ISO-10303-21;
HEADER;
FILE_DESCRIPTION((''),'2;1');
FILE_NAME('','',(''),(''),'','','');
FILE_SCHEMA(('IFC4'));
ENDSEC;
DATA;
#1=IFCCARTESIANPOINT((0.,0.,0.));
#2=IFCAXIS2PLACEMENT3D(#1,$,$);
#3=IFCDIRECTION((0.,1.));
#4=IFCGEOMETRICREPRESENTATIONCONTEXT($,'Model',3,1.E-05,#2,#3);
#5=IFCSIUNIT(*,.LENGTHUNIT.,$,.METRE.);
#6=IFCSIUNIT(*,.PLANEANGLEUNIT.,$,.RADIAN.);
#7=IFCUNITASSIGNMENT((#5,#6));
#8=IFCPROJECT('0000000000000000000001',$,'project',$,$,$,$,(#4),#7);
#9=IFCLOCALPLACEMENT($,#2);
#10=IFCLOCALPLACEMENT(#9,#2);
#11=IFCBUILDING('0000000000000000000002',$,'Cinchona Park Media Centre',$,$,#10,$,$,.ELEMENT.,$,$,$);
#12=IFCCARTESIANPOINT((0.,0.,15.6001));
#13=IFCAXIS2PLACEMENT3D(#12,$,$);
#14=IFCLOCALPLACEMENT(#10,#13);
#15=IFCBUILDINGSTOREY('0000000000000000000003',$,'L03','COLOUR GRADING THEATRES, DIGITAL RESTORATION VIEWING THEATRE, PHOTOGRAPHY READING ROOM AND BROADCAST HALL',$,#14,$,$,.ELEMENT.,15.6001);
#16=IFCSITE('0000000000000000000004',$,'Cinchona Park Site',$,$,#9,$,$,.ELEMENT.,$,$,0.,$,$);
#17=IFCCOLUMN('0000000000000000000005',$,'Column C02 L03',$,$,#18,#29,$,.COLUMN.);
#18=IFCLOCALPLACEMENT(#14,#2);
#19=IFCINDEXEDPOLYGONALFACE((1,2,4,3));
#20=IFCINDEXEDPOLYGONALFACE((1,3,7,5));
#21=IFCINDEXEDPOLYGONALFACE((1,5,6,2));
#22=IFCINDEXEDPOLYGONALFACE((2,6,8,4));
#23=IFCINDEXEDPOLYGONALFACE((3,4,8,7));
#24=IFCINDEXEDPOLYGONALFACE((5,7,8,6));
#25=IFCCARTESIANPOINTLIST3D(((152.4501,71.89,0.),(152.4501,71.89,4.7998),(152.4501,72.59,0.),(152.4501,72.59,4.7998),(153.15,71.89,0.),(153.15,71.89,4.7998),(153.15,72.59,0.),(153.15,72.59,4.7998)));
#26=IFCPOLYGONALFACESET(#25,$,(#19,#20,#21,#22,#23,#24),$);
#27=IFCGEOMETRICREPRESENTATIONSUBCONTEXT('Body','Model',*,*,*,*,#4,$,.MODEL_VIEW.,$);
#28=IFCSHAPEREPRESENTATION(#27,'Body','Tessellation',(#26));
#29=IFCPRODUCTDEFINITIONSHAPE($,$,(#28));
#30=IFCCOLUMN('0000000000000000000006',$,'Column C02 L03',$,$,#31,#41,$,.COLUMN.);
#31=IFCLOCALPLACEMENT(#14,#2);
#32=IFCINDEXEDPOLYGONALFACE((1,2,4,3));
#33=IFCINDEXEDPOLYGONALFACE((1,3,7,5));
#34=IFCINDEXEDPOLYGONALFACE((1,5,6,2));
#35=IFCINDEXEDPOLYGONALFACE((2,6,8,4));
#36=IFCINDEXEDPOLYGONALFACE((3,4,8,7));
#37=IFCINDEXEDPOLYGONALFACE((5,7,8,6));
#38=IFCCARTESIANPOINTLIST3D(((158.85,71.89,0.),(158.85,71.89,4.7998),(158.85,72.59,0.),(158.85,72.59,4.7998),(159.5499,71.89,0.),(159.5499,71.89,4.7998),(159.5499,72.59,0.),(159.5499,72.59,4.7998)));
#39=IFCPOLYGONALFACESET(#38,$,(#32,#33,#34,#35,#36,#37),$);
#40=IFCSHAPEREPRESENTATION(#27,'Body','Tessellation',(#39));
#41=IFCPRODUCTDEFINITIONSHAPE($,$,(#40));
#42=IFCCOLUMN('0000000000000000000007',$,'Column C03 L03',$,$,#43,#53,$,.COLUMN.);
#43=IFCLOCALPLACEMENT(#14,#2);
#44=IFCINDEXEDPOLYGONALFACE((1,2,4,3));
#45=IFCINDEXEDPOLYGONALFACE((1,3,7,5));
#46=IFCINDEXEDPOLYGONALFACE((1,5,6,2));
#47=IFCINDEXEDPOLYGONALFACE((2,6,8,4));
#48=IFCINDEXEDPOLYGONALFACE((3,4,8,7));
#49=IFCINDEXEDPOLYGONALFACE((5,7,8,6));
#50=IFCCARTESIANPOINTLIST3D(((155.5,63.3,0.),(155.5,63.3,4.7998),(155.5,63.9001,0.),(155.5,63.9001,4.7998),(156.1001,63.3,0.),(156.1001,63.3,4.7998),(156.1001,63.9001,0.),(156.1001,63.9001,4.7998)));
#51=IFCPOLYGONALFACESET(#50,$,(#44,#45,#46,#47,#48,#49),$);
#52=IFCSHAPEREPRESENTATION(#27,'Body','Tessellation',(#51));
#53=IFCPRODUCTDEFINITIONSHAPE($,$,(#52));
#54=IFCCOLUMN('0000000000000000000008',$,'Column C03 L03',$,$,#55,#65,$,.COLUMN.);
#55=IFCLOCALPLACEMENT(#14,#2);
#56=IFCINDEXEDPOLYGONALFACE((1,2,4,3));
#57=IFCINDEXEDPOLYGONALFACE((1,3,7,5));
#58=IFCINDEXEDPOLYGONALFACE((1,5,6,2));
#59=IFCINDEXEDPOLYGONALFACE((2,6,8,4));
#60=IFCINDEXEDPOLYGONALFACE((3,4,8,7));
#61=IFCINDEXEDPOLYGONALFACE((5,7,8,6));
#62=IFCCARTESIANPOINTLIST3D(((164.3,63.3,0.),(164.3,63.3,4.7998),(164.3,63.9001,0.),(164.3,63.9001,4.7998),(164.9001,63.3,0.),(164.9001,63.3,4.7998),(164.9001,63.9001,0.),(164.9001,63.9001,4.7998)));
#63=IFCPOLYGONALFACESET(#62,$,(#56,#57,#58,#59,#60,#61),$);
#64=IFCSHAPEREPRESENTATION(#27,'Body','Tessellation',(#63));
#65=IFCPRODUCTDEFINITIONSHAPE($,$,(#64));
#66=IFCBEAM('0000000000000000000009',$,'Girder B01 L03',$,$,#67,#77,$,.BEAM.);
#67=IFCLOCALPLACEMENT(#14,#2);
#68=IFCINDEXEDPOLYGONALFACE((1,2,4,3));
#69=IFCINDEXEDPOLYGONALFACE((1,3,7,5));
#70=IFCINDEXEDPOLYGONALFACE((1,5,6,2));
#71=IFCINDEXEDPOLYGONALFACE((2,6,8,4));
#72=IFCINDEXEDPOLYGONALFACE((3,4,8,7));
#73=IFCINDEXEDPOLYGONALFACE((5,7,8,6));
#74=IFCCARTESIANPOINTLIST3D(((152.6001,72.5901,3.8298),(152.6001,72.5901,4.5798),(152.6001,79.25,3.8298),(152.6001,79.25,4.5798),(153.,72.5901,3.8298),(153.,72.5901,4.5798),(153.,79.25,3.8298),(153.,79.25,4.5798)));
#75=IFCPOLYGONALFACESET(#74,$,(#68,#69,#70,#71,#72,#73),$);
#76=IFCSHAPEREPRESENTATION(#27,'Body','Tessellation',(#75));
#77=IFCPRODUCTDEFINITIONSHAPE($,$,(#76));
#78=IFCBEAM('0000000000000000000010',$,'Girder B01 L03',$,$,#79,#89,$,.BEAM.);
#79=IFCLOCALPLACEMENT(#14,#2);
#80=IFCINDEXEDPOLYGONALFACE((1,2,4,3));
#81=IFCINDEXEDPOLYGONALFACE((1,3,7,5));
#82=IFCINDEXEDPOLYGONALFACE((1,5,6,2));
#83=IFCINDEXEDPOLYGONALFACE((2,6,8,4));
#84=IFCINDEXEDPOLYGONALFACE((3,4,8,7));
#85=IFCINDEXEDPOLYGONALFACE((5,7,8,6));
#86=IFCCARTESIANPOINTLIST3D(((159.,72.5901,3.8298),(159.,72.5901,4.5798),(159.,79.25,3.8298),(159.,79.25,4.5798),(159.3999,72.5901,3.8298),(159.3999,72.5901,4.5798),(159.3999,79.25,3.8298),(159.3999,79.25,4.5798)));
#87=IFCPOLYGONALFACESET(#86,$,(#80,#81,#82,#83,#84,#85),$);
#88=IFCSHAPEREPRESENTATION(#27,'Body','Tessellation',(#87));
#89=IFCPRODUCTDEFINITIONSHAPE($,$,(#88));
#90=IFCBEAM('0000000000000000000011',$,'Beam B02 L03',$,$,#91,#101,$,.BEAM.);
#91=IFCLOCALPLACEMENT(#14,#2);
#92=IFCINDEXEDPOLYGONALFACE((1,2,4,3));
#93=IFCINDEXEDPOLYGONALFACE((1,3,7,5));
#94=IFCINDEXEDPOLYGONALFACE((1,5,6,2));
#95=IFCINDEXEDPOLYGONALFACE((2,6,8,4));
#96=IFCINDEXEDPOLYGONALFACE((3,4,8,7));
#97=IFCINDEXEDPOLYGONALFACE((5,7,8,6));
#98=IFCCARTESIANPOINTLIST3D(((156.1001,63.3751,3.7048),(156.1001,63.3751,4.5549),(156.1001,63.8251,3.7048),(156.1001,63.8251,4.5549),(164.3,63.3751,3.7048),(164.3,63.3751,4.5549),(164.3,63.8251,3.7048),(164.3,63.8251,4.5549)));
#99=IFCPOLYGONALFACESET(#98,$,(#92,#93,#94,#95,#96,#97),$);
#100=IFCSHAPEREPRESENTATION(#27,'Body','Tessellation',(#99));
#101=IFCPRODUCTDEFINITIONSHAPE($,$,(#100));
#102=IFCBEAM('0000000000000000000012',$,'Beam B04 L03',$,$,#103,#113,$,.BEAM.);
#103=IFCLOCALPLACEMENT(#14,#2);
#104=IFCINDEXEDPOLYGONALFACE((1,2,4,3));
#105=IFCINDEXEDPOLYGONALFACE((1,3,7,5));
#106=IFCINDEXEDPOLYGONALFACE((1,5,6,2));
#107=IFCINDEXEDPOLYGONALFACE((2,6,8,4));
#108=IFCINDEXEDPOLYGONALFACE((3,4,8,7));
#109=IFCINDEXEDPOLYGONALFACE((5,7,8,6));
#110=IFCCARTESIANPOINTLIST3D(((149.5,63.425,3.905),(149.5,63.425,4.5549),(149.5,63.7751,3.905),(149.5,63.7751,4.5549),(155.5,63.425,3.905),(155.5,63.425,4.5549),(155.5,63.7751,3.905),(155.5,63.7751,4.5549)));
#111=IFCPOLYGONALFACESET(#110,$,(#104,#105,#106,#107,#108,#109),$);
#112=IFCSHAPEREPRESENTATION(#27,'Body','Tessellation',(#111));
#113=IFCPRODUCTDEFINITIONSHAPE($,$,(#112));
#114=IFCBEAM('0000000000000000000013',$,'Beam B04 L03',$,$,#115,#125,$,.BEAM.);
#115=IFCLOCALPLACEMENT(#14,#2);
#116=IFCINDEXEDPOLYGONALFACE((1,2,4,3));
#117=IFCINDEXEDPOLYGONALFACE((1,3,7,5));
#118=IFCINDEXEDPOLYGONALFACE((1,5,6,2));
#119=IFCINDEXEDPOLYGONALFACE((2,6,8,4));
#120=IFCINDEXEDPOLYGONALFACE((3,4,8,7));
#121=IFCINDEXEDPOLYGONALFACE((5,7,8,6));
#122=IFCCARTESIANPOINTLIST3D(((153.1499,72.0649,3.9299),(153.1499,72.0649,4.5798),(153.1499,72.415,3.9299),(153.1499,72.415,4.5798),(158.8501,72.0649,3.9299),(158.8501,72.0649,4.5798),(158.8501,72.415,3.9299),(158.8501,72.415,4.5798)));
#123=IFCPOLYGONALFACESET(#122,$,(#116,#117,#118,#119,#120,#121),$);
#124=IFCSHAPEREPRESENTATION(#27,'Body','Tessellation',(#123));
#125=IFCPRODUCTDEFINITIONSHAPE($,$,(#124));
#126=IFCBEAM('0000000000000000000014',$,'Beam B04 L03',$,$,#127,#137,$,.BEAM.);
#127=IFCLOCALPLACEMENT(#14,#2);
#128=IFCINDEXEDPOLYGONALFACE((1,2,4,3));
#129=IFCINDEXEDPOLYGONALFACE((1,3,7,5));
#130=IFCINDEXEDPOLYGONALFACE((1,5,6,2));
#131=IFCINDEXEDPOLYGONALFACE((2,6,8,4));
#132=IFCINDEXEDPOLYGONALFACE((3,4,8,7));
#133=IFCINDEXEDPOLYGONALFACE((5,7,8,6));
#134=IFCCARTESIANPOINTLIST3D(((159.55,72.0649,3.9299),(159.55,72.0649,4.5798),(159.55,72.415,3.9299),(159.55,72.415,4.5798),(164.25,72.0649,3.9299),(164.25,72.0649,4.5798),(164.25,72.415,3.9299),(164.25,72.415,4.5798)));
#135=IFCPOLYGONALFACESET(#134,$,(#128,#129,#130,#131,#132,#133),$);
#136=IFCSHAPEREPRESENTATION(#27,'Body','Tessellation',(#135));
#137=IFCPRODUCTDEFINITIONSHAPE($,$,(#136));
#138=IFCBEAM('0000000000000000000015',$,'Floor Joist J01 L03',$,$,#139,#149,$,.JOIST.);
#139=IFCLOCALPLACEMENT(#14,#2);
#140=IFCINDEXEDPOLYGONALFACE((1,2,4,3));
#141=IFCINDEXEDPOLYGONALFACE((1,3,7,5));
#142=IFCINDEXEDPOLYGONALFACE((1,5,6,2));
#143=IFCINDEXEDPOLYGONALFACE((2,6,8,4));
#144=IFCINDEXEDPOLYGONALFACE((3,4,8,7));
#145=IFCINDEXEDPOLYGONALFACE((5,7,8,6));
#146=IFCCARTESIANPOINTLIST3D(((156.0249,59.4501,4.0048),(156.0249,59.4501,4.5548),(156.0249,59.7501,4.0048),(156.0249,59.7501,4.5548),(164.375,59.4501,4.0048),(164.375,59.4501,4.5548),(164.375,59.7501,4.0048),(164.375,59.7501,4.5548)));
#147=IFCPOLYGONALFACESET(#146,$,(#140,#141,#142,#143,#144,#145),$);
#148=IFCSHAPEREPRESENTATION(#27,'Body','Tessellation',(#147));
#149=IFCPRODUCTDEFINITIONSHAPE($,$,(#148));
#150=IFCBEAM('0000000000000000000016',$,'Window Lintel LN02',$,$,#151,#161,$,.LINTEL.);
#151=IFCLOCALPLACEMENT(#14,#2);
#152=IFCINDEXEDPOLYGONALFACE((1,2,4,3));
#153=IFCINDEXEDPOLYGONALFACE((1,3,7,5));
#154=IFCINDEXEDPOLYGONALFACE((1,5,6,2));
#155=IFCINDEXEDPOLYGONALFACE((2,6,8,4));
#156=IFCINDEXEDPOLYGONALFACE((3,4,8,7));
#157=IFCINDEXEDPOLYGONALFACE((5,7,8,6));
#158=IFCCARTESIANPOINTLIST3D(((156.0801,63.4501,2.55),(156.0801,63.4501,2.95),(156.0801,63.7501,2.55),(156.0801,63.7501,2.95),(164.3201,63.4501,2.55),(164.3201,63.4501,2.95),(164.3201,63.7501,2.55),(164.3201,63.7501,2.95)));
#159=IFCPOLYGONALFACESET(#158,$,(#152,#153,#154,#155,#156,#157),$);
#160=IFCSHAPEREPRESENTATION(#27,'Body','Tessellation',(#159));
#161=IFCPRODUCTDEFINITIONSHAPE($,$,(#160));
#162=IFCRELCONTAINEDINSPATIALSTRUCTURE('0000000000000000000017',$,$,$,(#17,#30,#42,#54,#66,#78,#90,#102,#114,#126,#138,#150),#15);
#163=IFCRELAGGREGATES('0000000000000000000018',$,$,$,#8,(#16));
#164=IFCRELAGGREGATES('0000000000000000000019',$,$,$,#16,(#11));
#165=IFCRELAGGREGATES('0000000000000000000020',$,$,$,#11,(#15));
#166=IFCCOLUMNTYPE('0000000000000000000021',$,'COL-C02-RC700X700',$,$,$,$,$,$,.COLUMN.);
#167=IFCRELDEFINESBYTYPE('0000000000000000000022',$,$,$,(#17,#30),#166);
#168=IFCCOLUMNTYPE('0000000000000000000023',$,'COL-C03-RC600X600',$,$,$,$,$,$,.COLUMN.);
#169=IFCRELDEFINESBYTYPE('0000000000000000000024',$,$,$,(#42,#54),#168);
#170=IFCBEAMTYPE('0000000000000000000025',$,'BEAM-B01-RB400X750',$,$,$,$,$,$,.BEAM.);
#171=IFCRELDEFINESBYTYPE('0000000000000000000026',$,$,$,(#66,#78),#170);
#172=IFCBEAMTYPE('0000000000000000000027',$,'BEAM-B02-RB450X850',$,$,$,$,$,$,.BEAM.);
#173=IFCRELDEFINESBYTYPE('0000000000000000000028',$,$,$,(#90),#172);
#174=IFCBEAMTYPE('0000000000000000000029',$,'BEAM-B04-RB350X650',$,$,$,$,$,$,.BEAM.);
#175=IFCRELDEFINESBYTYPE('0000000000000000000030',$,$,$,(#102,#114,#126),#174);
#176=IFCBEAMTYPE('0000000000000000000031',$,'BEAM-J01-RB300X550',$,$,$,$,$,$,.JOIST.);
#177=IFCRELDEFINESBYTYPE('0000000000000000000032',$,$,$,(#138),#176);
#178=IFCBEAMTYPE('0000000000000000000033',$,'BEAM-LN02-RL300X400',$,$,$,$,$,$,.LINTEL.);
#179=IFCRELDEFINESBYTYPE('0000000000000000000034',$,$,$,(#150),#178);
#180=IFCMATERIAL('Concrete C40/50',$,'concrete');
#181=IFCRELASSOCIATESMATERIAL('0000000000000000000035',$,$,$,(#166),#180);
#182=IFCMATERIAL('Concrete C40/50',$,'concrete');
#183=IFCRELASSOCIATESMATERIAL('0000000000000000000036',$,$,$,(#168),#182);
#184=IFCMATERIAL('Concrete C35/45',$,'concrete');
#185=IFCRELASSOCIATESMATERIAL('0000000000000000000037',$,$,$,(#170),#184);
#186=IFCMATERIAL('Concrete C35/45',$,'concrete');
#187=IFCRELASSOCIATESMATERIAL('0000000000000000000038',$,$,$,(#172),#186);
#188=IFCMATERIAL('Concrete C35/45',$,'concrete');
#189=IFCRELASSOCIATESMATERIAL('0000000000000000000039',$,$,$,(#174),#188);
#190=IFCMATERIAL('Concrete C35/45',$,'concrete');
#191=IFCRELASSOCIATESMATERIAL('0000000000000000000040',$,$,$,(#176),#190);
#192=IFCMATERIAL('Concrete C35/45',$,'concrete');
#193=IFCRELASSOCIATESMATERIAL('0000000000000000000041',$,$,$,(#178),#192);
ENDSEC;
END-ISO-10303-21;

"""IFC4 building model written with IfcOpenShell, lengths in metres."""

from ifc_helpers import new_model, si_unit, direction, frame, origin, origin_2d, place, context, subcontext, project, spatial, rectangle, extrude, material, material_profile, profile_set, type_object, element, save


model = new_model("IFC4")

# Units and contexts
model_context = context("Model", 3, precision=1e-05, world=origin(), true_north=direction((0.0, 1.0)))
body_context = subcontext(model_context, "Body", "Model", "MODEL_VIEW")
ifc_project = project(units=[si_unit("LENGTHUNIT", "METRE"), si_unit("PLANEANGLEUNIT", "RADIAN")], contexts=[model_context])

# Site, building, storey
site_placement = place(None, origin())
site = spatial("IfcSite", under=ifc_project, at=site_placement, Name="Cinchona Park Site", CompositionType="ELEMENT", RefElevation=0.0)
building_placement = place(site_placement, origin())
building = spatial("IfcBuilding", under=site, at=building_placement, Name="Cinchona Park Media Centre", CompositionType="ELEMENT")
storey_placement = place(building_placement, frame((0.0, 0.0, 15.6001)))
storey = spatial("IfcBuildingStorey", under=building, at=storey_placement, Name="L03", Description="COLOUR GRADING THEATRES, DIGITAL RESTORATION VIEWING THEATRE, PHOTOGRAPHY READING ROOM AND BROADCAST HALL", CompositionType="ELEMENT", Elevation=15.6001)

# Columns
ifc_material_1 = material(Name="Concrete C40/50", Category="concrete")
ifc_material_profile_1 = material_profile(ifc_material_1, rectangle(XDim=0.7, YDim=0.7, at=origin_2d()), Name="RC 700X700")
ifc_profile_set_1 = profile_set([ifc_material_profile_1], Name="Concrete C40/50")
column_type_1 = type_object("IfcColumnType", Name="COL-C02-RC700X700", PredefinedType="COLUMN", material=ifc_profile_set_1)
for number, where, z_axis, x_axis, name in (
    (1, (152.8, 72.24, 0.0), (0.0, 0.0, 1.0), (1.0, 0.0, 0.0), "Column C02 L03"),
    (2, (159.2, 72.24, 0.0), (0.0, 0.0, 1.0), (1.0, 0.0, 0.0), "Column C02 L03"),
):
    element("IfcColumn", number, at=place(storey_placement, frame(where, z_axis=z_axis, x_axis=x_axis)), inside=storey, type_object=column_type_1, Name=name, PredefinedType="COLUMN", context=body_context, shape_type="SweptSolid", body=[
        extrude(rectangle(XDim=0.7, YDim=0.7, at=origin_2d()), origin(), (0.0, 0.0, 1.0), 4.7998),
    ])
ifc_material_2 = material(Name="Concrete C40/50", Category="concrete")
ifc_material_profile_2 = material_profile(ifc_material_2, rectangle(XDim=0.6001, YDim=0.6001, at=origin_2d()), Name="RC 600X600")
ifc_profile_set_2 = profile_set([ifc_material_profile_2], Name="Concrete C40/50")
column_type_2 = type_object("IfcColumnType", Name="COL-C03-RC600X600", PredefinedType="COLUMN", material=ifc_profile_set_2)
for number, where, z_axis, x_axis, name in (
    (3, (155.8, 63.6001, 0.0), (0.0, 0.0, 1.0), (1.0, 0.0, 0.0), "Column C03 L03"),
    (4, (164.6001, 63.6001, 0.0), (0.0, 0.0, 1.0), (1.0, 0.0, 0.0), "Column C03 L03"),
):
    element("IfcColumn", number, at=place(storey_placement, frame(where, z_axis=z_axis, x_axis=x_axis)), inside=storey, type_object=column_type_2, Name=name, PredefinedType="COLUMN", context=body_context, shape_type="SweptSolid", body=[
        extrude(rectangle(XDim=0.6001, YDim=0.6001, at=origin_2d()), origin(), (0.0, 0.0, 1.0), 4.7998),
    ])

# Beams
ifc_material_3 = material(Name="Concrete C35/45", Category="concrete")
ifc_material_profile_3 = material_profile(ifc_material_3, rectangle(XDim=0.3999, YDim=0.75, at=origin_2d()), Name="RB 400X750")
ifc_profile_set_3 = profile_set([ifc_material_profile_3], Name="Concrete C35/45")
beam_type_1 = type_object("IfcBeamType", Name="BEAM-B01-RB400X750", PredefinedType="BEAM", material=ifc_profile_set_3)
for number, where, z_axis, x_axis, name in (
    (5, (152.8, 72.5901, 4.2048), (0.0, 1.0, 0.0), (-1.0, 0.0, 0.0), "Girder B01 L03"),
    (6, (159.2, 72.5901, 4.2048), (0.0, 1.0, 0.0), (-1.0, 0.0, 0.0), "Girder B01 L03"),
):
    element("IfcBeam", number, at=place(storey_placement, frame(where, z_axis=z_axis, x_axis=x_axis)), inside=storey, type_object=beam_type_1, Name=name, PredefinedType="BEAM", context=body_context, shape_type="SweptSolid", body=[
        extrude(rectangle(XDim=0.3999, YDim=0.75, at=origin_2d()), origin(), (0.0, 0.0, 1.0), 6.6599),
    ])
ifc_material_4 = material(Name="Concrete C35/45", Category="concrete")
ifc_material_profile_4 = material_profile(ifc_material_4, rectangle(XDim=0.45, YDim=0.8501, at=origin_2d()), Name="RB 450X850")
ifc_profile_set_4 = profile_set([ifc_material_profile_4], Name="Concrete C35/45")
beam_type_2 = type_object("IfcBeamType", Name="BEAM-B02-RB450X850", PredefinedType="BEAM", material=ifc_profile_set_4)
beam_1_placement = place(storey_placement, frame((156.1001, 63.6001, 4.1299), z_axis=(1.0, 0.0, 0.0), x_axis=(0.0, 1.0, 0.0)))
element("IfcBeam", 7, at=beam_1_placement, inside=storey, type_object=beam_type_2, Name="Beam B02 L03", PredefinedType="BEAM", context=body_context, shape_type="SweptSolid", body=[
    extrude(rectangle(XDim=0.45, YDim=0.8501, at=origin_2d()), origin(), (0.0, 0.0, 1.0), 8.2),
])
ifc_material_5 = material(Name="Concrete C35/45", Category="concrete")
ifc_material_profile_5 = material_profile(ifc_material_5, rectangle(XDim=0.3501, YDim=0.6499, at=origin_2d()), Name="RB 350X650")
ifc_profile_set_5 = profile_set([ifc_material_profile_5], Name="Concrete C35/45")
beam_type_3 = type_object("IfcBeamType", Name="BEAM-B04-RB350X650", PredefinedType="BEAM", material=ifc_profile_set_5)
beam_2_placement = place(storey_placement, frame((149.5, 63.6001, 4.23), z_axis=(1.0, 0.0, 0.0), x_axis=(0.0, 1.0, 0.0)))
element("IfcBeam", 8, at=beam_2_placement, inside=storey, type_object=beam_type_3, Name="Beam B04 L03", PredefinedType="BEAM", context=body_context, shape_type="SweptSolid", body=[
    extrude(rectangle(XDim=0.3501, YDim=0.6499, at=origin_2d()), origin(), (0.0, 0.0, 1.0), 6.0),
])
beam_3_placement = place(storey_placement, frame((153.1499, 72.24, 4.2549), z_axis=(1.0, 0.0, 0.0), x_axis=(0.0, 1.0, 0.0)))
element("IfcBeam", 9, at=beam_3_placement, inside=storey, type_object=beam_type_3, Name="Beam B04 L03", PredefinedType="BEAM", context=body_context, shape_type="SweptSolid", body=[
    extrude(rectangle(XDim=0.3501, YDim=0.6499, at=origin_2d()), origin(), (0.0, 0.0, 1.0), 5.7002),
])
beam_4_placement = place(storey_placement, frame((159.55, 72.24, 4.2549), z_axis=(1.0, 0.0, 0.0), x_axis=(0.0, 1.0, 0.0)))
element("IfcBeam", 10, at=beam_4_placement, inside=storey, type_object=beam_type_3, Name="Beam B04 L03", PredefinedType="BEAM", context=body_context, shape_type="SweptSolid", body=[
    extrude(rectangle(XDim=0.3501, YDim=0.6499, at=origin_2d()), origin(), (0.0, 0.0, 1.0), 4.7),
])
ifc_material_6 = material(Name="Concrete C35/45", Category="concrete")
ifc_material_profile_6 = material_profile(ifc_material_6, rectangle(XDim=0.3, YDim=0.55, at=origin_2d()), Name="RB 300X550")
ifc_profile_set_6 = profile_set([ifc_material_profile_6], Name="Concrete C35/45")
beam_type_4 = type_object("IfcBeamType", Name="BEAM-J01-RB300X550", PredefinedType="JOIST", material=ifc_profile_set_6)
beam_5_placement = place(storey_placement, frame((156.0249, 59.6001, 4.2798), z_axis=(1.0, 0.0, 0.0), x_axis=(0.0, 1.0, 0.0)))
element("IfcBeam", 11, at=beam_5_placement, inside=storey, type_object=beam_type_4, Name="Floor Joist J01 L03", PredefinedType="JOIST", context=body_context, shape_type="SweptSolid", body=[
    extrude(rectangle(XDim=0.3, YDim=0.55, at=origin_2d()), origin(), (0.0, 0.0, 1.0), 8.3501),
])
ifc_material_7 = material(Name="Concrete C35/45", Category="concrete")
ifc_material_profile_7 = material_profile(ifc_material_7, rectangle(XDim=0.3, YDim=0.3999, at=origin_2d()), Name="RL 300X400")
ifc_profile_set_7 = profile_set([ifc_material_profile_7], Name="Concrete C35/45")
beam_type_5 = type_object("IfcBeamType", Name="BEAM-LN02-RL300X400", PredefinedType="LINTEL", material=ifc_profile_set_7)
beam_6_placement = place(storey_placement, frame((156.0801, 63.6001, 2.75), z_axis=(1.0, 0.0, 0.0), x_axis=(0.0, 1.0, 0.0)))
element("IfcBeam", 12, at=beam_6_placement, inside=storey, type_object=beam_type_5, Name="Window Lintel LN02", PredefinedType="LINTEL", context=body_context, shape_type="SweptSolid", body=[
    extrude(rectangle(XDim=0.3, YDim=0.3999, at=origin_2d()), origin(), (0.0, 0.0, 1.0), 8.24),
])

save(model, "model.ifc")
